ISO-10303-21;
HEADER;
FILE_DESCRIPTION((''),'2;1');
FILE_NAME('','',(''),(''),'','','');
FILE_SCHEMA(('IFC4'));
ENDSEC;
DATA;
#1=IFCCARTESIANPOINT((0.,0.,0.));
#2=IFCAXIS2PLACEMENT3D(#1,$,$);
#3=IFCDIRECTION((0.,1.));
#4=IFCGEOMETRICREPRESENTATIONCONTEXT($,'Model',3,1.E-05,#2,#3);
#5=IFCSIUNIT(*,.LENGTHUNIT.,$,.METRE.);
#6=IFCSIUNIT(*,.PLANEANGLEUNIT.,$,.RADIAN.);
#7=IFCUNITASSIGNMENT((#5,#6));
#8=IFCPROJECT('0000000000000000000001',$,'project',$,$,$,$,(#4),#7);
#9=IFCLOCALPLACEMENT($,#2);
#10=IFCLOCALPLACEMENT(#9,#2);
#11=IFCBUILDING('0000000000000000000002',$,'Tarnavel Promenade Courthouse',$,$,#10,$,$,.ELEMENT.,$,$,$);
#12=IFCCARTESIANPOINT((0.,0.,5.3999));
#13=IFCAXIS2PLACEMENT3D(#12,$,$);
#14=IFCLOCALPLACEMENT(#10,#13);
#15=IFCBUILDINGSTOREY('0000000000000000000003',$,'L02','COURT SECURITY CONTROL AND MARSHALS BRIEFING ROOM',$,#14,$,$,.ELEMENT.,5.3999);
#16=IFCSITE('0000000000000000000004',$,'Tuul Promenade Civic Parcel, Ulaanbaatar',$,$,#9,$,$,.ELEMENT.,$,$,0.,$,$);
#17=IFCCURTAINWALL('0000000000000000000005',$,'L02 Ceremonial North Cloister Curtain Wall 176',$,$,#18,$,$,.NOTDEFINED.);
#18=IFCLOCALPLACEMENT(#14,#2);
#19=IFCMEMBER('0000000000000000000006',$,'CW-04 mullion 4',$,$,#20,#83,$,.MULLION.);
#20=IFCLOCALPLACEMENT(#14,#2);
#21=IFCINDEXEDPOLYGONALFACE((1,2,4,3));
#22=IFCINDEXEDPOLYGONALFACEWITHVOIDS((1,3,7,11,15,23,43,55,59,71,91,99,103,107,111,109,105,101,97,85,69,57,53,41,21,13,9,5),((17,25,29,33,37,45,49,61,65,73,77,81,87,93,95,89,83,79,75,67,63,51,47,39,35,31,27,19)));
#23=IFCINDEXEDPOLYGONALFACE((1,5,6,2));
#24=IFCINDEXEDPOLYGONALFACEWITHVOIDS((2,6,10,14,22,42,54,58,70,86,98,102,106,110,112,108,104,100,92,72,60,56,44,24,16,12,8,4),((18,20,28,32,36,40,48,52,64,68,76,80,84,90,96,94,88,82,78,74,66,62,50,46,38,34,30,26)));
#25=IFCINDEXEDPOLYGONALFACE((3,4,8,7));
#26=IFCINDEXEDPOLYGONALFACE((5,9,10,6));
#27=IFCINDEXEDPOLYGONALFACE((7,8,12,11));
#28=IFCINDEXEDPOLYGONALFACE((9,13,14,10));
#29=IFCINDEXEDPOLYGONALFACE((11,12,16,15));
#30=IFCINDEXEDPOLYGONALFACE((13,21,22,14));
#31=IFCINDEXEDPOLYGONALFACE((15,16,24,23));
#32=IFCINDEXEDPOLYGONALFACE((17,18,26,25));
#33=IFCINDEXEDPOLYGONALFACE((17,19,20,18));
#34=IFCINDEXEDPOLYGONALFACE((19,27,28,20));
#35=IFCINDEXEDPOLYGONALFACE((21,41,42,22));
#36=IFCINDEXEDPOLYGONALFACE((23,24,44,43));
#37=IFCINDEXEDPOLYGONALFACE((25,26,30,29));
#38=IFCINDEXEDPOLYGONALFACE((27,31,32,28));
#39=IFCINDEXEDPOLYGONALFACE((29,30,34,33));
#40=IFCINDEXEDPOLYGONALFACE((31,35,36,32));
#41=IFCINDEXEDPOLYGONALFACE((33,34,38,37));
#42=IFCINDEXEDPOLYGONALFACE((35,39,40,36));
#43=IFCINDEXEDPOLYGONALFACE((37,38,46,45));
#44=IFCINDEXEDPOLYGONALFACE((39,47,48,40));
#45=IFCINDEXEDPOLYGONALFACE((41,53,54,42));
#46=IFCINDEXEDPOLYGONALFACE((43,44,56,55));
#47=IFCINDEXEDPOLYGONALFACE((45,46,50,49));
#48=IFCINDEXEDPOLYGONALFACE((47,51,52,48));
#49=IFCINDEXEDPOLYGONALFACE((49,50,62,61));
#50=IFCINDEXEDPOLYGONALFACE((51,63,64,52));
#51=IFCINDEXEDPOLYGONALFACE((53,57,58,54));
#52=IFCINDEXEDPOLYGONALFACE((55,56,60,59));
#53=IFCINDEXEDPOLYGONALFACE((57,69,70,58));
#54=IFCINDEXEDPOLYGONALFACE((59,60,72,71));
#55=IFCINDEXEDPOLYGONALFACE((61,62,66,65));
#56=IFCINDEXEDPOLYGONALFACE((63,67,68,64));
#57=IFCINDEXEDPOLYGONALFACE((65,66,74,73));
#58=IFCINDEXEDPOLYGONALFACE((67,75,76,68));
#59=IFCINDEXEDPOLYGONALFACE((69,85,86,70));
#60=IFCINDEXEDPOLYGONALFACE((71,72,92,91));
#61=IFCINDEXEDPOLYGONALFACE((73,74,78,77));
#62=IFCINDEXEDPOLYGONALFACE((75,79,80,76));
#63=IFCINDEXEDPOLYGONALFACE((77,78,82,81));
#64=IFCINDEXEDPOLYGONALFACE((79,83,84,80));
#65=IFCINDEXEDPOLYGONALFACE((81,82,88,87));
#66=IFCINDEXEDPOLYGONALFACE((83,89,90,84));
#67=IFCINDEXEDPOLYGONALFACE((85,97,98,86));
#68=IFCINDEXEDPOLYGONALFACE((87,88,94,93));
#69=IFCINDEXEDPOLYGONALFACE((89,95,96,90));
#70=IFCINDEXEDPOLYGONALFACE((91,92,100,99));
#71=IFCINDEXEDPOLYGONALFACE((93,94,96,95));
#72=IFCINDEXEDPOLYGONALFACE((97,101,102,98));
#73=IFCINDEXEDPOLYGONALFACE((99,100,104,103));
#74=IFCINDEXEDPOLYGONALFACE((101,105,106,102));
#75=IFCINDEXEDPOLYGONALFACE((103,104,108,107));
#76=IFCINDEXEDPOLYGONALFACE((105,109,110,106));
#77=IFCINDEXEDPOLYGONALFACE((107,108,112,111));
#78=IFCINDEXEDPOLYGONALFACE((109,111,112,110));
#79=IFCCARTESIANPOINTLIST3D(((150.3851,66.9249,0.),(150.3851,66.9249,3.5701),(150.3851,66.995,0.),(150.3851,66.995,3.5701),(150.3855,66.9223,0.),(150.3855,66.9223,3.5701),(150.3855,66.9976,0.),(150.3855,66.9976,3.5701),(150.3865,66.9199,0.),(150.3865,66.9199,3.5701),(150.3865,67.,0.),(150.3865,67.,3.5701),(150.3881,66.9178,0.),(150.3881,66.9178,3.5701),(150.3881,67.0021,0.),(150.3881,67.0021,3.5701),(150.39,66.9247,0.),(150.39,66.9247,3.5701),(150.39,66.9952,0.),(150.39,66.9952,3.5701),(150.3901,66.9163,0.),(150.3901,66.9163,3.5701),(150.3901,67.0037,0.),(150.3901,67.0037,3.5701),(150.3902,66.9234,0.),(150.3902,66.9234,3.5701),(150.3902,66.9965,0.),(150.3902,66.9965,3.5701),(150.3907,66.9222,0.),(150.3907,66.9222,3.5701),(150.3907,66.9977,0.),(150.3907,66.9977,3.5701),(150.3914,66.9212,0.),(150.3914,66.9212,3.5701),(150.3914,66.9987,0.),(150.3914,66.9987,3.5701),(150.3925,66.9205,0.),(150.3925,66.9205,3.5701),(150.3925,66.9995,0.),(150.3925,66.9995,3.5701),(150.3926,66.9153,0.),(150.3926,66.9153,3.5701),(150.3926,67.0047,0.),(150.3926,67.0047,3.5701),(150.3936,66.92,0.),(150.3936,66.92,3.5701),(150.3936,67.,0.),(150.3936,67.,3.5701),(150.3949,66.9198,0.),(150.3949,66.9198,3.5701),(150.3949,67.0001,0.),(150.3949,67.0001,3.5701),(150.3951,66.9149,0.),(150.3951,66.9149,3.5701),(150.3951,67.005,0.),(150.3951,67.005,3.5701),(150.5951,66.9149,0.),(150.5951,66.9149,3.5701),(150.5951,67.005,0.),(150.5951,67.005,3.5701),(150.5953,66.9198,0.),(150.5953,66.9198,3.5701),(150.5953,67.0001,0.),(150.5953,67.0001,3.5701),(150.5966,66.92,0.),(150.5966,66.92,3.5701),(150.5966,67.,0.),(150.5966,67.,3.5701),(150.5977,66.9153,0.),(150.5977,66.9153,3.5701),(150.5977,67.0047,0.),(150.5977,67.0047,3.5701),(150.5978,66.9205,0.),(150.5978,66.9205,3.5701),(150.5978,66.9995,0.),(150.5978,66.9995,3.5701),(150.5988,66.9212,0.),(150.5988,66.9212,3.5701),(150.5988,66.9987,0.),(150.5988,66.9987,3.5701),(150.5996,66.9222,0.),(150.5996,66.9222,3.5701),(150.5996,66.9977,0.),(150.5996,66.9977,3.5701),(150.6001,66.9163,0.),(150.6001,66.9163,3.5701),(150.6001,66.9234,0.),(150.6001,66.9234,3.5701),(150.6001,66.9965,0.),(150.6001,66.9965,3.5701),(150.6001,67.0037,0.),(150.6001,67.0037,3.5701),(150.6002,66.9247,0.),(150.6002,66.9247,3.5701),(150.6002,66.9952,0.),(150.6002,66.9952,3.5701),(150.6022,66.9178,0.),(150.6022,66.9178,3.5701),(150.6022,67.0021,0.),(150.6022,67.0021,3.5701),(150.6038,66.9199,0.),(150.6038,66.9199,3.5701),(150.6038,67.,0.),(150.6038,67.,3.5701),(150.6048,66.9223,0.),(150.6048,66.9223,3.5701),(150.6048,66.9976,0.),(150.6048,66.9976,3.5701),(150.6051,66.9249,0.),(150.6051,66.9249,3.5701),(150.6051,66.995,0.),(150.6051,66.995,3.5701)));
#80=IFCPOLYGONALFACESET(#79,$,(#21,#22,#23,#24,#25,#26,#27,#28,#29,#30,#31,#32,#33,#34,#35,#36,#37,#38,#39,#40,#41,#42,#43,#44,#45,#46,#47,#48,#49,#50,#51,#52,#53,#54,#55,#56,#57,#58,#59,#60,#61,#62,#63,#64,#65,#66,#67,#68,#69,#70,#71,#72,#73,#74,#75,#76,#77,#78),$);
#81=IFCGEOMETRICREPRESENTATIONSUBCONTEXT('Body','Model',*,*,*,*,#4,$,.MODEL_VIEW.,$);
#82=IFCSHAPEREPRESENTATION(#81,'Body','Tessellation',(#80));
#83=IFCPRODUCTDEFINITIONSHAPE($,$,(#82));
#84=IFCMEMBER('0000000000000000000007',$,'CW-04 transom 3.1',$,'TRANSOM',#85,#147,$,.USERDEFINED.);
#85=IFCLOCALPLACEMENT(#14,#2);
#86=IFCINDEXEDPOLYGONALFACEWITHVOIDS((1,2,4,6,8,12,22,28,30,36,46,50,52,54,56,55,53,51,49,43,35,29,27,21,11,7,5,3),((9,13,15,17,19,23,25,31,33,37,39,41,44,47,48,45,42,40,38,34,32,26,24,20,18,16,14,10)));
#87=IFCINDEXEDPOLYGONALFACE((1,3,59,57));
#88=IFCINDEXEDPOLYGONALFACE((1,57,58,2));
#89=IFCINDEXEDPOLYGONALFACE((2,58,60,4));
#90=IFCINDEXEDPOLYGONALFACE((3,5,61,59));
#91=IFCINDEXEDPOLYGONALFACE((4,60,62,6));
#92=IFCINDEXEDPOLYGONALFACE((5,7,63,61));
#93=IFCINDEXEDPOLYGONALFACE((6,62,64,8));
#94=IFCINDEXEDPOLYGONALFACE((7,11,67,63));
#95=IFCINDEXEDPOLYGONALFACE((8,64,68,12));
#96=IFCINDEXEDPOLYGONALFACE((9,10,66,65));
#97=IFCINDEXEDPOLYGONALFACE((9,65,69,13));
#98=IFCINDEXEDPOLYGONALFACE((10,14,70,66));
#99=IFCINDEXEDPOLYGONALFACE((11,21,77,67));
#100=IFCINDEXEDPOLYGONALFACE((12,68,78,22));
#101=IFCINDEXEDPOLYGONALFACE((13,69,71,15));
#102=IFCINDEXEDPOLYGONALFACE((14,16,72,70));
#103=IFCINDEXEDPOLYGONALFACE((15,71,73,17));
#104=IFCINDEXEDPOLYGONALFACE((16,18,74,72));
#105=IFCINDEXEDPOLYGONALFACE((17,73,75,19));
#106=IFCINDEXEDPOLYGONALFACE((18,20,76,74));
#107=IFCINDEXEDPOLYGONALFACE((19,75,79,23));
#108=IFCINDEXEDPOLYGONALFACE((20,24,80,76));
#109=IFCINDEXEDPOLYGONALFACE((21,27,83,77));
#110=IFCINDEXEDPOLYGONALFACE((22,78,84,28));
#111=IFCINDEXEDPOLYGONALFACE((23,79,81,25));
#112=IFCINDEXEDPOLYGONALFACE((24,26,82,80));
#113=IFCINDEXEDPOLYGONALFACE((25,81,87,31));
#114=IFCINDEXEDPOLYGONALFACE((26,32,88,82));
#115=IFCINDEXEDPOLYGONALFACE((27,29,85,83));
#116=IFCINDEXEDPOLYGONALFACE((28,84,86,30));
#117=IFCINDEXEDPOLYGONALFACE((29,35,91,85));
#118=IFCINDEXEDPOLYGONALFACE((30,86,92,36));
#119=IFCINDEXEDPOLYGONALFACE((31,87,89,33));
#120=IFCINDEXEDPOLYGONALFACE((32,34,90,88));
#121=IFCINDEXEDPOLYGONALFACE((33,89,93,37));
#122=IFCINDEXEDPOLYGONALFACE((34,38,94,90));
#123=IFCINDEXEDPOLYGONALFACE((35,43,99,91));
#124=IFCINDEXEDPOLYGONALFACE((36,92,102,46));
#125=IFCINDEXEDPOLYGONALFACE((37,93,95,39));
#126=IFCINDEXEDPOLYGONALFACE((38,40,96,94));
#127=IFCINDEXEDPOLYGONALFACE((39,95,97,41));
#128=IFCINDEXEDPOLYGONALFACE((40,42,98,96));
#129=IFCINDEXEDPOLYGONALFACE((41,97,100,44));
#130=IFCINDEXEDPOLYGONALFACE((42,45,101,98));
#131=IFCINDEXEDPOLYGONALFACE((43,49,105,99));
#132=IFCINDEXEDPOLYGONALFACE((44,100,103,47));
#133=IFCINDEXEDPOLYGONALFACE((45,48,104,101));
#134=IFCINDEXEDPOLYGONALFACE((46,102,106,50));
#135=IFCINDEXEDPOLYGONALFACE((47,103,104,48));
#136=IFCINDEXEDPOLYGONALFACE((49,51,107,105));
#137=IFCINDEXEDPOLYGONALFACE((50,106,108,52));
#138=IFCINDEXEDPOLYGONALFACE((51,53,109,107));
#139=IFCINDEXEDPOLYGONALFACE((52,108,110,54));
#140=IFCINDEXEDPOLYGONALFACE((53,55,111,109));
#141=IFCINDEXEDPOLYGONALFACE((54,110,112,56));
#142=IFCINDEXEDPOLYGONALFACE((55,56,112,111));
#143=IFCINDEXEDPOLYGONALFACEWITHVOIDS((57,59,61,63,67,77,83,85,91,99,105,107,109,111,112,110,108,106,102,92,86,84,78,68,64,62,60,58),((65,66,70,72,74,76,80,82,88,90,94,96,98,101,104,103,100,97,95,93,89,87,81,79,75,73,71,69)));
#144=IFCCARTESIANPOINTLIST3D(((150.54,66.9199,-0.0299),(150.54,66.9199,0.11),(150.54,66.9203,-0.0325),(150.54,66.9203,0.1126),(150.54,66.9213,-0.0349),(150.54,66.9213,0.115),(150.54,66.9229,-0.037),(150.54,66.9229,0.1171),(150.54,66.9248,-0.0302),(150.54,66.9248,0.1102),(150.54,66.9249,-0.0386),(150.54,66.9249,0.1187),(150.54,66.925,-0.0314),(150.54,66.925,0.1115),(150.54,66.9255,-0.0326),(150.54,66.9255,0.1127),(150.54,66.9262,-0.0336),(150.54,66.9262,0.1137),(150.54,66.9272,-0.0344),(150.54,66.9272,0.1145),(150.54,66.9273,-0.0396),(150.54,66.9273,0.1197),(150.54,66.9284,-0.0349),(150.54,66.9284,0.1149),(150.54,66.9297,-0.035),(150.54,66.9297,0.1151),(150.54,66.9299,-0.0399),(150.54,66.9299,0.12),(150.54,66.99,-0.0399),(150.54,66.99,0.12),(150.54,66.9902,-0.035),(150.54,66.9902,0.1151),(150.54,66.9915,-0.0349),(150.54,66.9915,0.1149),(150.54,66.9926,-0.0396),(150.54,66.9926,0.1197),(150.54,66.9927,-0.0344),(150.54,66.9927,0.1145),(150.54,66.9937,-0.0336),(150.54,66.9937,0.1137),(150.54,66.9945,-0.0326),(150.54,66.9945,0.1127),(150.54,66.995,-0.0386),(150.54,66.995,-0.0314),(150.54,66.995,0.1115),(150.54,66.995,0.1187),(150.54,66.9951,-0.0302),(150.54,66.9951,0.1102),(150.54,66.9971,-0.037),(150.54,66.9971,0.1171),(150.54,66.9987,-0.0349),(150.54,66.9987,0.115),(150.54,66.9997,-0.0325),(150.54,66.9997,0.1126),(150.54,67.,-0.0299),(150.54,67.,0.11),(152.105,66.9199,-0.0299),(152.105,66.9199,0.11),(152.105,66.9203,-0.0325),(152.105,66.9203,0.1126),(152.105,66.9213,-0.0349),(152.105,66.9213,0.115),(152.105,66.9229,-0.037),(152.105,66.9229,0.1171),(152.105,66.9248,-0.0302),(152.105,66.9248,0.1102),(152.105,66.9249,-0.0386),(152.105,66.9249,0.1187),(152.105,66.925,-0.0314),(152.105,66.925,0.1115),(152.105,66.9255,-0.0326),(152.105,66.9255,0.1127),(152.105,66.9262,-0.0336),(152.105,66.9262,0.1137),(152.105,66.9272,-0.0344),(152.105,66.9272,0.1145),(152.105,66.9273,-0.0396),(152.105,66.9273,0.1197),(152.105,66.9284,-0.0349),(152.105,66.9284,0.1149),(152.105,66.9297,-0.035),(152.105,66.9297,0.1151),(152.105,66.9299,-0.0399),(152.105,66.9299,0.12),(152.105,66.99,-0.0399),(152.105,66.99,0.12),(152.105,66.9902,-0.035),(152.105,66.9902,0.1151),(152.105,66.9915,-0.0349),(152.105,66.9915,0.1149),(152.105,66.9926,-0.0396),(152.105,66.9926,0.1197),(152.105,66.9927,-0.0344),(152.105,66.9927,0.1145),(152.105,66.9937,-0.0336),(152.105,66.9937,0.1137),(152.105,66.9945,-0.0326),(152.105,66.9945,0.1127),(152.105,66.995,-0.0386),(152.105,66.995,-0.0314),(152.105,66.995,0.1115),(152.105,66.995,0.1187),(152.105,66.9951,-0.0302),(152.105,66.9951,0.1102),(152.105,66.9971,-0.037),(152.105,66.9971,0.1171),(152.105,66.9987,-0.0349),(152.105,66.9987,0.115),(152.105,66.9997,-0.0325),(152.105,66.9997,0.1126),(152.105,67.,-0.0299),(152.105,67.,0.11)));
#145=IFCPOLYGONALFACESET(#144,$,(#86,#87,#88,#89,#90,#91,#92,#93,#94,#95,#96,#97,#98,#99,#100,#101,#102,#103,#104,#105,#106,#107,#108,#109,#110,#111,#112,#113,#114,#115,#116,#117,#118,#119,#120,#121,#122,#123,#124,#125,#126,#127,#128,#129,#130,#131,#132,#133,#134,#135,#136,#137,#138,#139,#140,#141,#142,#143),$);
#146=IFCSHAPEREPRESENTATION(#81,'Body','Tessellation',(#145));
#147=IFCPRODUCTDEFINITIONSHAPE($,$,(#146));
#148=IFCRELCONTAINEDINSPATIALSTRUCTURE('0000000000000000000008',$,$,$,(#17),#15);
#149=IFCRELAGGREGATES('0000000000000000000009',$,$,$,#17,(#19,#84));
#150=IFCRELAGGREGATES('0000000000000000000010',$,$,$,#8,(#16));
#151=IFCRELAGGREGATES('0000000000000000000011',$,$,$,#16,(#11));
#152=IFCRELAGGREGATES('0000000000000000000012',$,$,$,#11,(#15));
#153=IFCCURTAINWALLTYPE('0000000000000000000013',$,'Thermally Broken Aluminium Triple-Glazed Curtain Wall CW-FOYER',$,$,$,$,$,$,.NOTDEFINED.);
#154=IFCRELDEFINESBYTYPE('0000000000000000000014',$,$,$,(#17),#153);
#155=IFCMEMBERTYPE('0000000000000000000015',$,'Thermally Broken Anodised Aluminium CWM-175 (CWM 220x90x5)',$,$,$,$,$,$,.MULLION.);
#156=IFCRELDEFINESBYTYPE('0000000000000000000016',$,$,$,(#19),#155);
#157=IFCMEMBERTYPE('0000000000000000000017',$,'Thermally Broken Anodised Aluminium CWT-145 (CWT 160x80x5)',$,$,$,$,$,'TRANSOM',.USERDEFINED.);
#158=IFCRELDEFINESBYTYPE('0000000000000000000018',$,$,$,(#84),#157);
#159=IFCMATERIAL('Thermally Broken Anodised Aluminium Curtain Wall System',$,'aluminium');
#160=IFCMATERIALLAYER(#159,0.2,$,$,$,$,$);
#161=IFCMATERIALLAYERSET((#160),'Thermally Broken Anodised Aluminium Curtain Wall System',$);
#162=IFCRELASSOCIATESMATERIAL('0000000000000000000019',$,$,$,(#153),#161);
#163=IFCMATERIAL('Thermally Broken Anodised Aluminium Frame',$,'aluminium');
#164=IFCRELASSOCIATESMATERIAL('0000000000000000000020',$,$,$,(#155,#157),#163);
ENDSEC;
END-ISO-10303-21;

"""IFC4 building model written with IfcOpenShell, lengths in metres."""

from ifc_helpers import new_model, si_unit, direction, frame, origin, origin_2d, place, context, subcontext, project, spatial, hollow_rectangle, extrude, material, layer, layer_set, material_profile, profile_set, type_object, element, aggregate, save


model = new_model("IFC4")

# Units and contexts
model_context = context("Model", 3, precision=1e-05, world=origin(), true_north=direction((0.0, 1.0)))
body_context = subcontext(model_context, "Body", "Model", "MODEL_VIEW")
ifc_project = project(units=[si_unit("LENGTHUNIT", "METRE"), si_unit("PLANEANGLEUNIT", "RADIAN")], contexts=[model_context])

# Site, building, storey
site_placement = place(None, origin())
site = spatial("IfcSite", under=ifc_project, at=site_placement, Name="Tuul Promenade Civic Parcel, Ulaanbaatar", CompositionType="ELEMENT", RefElevation=0.0)
building_placement = place(site_placement, origin())
building = spatial("IfcBuilding", under=site, at=building_placement, Name="Tarnavel Promenade Courthouse", CompositionType="ELEMENT")
storey_placement = place(building_placement, frame((0.0, 0.0, 5.3999)))
storey = spatial("IfcBuildingStorey", under=building, at=storey_placement, Name="L02", Description="COURT SECURITY CONTROL AND MARSHALS BRIEFING ROOM", CompositionType="ELEMENT", Elevation=5.3999)

# Shared definitions
ifc_material_1 = material(Name="Thermally Broken Anodised Aluminium Curtain Wall System", Category="aluminium")
ifc_layer_1 = layer(ifc_material_1, 0.2)
ifc_layer_set_1 = layer_set([ifc_layer_1], Name="Thermally Broken Anodised Aluminium Curtain Wall System")
curtain_wall_type = type_object("IfcCurtainWallType", Name="Thermally Broken Aluminium Triple-Glazed Curtain Wall CW-FOYER", PredefinedType="NOTDEFINED", material=ifc_layer_set_1)
ifc_material_2 = material(Name="Thermally Broken Anodised Aluminium Frame", Category="aluminium")
ifc_material_profile_1 = material_profile(ifc_material_2, hollow_rectangle(XDim=0.0901, YDim=0.22, WallThickness=0.0049, InnerFilletRadius=0.0049, OuterFilletRadius=0.01, at=origin_2d()), Name="CWM 220x90x5")
ifc_profile_set_1 = profile_set([ifc_material_profile_1], Name="Thermally Broken Anodised Aluminium Frame")
member_type_1 = type_object("IfcMemberType", Name="Thermally Broken Anodised Aluminium CWM-175 (CWM 220x90x5)", PredefinedType="MULLION", material=ifc_profile_set_1)

# Curtain wall, members
curtain_wall_1_placement = place(storey_placement, origin())
curtain_wall_1 = element("IfcCurtainWall", 1, at=curtain_wall_1_placement, inside=storey, type_object=curtain_wall_type, Name="L02 Ceremonial North Cloister Curtain Wall 176", PredefinedType="NOTDEFINED")
member_1_placement = place(storey_placement, frame((150.4951, 66.96, 0.0), z_axis=(0.0, 0.0, 1.0), x_axis=(0.0, -1.0, 0.0)))
member_1 = element("IfcMember", 2, at=member_1_placement, type_object=member_type_1, Name="CW-04 mullion 4", PredefinedType="MULLION", context=body_context, shape_type="SweptSolid", body=[
    extrude(hollow_rectangle(XDim=0.0901, YDim=0.22, WallThickness=0.0049, InnerFilletRadius=0.0049, OuterFilletRadius=0.01, at=origin_2d()), origin(), (0.0, 0.0, 1.0), 3.5701),
])
ifc_material_profile_2 = material_profile(ifc_material_2, hollow_rectangle(XDim=0.0801, YDim=0.1599, WallThickness=0.0049, InnerFilletRadius=0.0049, OuterFilletRadius=0.01, at=origin_2d()), Name="CWT 160x80x5")
ifc_profile_set_2 = profile_set([ifc_material_profile_2], Name="Thermally Broken Anodised Aluminium Frame")
member_type_2 = type_object("IfcMemberType", Name="Thermally Broken Anodised Aluminium CWT-145 (CWT 160x80x5)", ElementType="TRANSOM", PredefinedType="USERDEFINED", material=ifc_profile_set_2)
member_2_placement = place(storey_placement, frame((152.105, 66.96, 0.04), z_axis=(-1.0, 0.0, 0.0), x_axis=(0.0, -1.0, 0.0)))
member_2 = element("IfcMember", 3, at=member_2_placement, type_object=member_type_2, Name="CW-04 transom 3.1", ObjectType="TRANSOM", PredefinedType="USERDEFINED", context=body_context, shape_type="SweptSolid", body=[
    extrude(hollow_rectangle(XDim=0.0801, YDim=0.1599, WallThickness=0.0049, InnerFilletRadius=0.0049, OuterFilletRadius=0.01, at=origin_2d()), origin(), (0.0, 0.0, 1.0), 1.5649),
])
aggregate(curtain_wall_1, [member_1, member_2])

save(model, "model.ifc")
